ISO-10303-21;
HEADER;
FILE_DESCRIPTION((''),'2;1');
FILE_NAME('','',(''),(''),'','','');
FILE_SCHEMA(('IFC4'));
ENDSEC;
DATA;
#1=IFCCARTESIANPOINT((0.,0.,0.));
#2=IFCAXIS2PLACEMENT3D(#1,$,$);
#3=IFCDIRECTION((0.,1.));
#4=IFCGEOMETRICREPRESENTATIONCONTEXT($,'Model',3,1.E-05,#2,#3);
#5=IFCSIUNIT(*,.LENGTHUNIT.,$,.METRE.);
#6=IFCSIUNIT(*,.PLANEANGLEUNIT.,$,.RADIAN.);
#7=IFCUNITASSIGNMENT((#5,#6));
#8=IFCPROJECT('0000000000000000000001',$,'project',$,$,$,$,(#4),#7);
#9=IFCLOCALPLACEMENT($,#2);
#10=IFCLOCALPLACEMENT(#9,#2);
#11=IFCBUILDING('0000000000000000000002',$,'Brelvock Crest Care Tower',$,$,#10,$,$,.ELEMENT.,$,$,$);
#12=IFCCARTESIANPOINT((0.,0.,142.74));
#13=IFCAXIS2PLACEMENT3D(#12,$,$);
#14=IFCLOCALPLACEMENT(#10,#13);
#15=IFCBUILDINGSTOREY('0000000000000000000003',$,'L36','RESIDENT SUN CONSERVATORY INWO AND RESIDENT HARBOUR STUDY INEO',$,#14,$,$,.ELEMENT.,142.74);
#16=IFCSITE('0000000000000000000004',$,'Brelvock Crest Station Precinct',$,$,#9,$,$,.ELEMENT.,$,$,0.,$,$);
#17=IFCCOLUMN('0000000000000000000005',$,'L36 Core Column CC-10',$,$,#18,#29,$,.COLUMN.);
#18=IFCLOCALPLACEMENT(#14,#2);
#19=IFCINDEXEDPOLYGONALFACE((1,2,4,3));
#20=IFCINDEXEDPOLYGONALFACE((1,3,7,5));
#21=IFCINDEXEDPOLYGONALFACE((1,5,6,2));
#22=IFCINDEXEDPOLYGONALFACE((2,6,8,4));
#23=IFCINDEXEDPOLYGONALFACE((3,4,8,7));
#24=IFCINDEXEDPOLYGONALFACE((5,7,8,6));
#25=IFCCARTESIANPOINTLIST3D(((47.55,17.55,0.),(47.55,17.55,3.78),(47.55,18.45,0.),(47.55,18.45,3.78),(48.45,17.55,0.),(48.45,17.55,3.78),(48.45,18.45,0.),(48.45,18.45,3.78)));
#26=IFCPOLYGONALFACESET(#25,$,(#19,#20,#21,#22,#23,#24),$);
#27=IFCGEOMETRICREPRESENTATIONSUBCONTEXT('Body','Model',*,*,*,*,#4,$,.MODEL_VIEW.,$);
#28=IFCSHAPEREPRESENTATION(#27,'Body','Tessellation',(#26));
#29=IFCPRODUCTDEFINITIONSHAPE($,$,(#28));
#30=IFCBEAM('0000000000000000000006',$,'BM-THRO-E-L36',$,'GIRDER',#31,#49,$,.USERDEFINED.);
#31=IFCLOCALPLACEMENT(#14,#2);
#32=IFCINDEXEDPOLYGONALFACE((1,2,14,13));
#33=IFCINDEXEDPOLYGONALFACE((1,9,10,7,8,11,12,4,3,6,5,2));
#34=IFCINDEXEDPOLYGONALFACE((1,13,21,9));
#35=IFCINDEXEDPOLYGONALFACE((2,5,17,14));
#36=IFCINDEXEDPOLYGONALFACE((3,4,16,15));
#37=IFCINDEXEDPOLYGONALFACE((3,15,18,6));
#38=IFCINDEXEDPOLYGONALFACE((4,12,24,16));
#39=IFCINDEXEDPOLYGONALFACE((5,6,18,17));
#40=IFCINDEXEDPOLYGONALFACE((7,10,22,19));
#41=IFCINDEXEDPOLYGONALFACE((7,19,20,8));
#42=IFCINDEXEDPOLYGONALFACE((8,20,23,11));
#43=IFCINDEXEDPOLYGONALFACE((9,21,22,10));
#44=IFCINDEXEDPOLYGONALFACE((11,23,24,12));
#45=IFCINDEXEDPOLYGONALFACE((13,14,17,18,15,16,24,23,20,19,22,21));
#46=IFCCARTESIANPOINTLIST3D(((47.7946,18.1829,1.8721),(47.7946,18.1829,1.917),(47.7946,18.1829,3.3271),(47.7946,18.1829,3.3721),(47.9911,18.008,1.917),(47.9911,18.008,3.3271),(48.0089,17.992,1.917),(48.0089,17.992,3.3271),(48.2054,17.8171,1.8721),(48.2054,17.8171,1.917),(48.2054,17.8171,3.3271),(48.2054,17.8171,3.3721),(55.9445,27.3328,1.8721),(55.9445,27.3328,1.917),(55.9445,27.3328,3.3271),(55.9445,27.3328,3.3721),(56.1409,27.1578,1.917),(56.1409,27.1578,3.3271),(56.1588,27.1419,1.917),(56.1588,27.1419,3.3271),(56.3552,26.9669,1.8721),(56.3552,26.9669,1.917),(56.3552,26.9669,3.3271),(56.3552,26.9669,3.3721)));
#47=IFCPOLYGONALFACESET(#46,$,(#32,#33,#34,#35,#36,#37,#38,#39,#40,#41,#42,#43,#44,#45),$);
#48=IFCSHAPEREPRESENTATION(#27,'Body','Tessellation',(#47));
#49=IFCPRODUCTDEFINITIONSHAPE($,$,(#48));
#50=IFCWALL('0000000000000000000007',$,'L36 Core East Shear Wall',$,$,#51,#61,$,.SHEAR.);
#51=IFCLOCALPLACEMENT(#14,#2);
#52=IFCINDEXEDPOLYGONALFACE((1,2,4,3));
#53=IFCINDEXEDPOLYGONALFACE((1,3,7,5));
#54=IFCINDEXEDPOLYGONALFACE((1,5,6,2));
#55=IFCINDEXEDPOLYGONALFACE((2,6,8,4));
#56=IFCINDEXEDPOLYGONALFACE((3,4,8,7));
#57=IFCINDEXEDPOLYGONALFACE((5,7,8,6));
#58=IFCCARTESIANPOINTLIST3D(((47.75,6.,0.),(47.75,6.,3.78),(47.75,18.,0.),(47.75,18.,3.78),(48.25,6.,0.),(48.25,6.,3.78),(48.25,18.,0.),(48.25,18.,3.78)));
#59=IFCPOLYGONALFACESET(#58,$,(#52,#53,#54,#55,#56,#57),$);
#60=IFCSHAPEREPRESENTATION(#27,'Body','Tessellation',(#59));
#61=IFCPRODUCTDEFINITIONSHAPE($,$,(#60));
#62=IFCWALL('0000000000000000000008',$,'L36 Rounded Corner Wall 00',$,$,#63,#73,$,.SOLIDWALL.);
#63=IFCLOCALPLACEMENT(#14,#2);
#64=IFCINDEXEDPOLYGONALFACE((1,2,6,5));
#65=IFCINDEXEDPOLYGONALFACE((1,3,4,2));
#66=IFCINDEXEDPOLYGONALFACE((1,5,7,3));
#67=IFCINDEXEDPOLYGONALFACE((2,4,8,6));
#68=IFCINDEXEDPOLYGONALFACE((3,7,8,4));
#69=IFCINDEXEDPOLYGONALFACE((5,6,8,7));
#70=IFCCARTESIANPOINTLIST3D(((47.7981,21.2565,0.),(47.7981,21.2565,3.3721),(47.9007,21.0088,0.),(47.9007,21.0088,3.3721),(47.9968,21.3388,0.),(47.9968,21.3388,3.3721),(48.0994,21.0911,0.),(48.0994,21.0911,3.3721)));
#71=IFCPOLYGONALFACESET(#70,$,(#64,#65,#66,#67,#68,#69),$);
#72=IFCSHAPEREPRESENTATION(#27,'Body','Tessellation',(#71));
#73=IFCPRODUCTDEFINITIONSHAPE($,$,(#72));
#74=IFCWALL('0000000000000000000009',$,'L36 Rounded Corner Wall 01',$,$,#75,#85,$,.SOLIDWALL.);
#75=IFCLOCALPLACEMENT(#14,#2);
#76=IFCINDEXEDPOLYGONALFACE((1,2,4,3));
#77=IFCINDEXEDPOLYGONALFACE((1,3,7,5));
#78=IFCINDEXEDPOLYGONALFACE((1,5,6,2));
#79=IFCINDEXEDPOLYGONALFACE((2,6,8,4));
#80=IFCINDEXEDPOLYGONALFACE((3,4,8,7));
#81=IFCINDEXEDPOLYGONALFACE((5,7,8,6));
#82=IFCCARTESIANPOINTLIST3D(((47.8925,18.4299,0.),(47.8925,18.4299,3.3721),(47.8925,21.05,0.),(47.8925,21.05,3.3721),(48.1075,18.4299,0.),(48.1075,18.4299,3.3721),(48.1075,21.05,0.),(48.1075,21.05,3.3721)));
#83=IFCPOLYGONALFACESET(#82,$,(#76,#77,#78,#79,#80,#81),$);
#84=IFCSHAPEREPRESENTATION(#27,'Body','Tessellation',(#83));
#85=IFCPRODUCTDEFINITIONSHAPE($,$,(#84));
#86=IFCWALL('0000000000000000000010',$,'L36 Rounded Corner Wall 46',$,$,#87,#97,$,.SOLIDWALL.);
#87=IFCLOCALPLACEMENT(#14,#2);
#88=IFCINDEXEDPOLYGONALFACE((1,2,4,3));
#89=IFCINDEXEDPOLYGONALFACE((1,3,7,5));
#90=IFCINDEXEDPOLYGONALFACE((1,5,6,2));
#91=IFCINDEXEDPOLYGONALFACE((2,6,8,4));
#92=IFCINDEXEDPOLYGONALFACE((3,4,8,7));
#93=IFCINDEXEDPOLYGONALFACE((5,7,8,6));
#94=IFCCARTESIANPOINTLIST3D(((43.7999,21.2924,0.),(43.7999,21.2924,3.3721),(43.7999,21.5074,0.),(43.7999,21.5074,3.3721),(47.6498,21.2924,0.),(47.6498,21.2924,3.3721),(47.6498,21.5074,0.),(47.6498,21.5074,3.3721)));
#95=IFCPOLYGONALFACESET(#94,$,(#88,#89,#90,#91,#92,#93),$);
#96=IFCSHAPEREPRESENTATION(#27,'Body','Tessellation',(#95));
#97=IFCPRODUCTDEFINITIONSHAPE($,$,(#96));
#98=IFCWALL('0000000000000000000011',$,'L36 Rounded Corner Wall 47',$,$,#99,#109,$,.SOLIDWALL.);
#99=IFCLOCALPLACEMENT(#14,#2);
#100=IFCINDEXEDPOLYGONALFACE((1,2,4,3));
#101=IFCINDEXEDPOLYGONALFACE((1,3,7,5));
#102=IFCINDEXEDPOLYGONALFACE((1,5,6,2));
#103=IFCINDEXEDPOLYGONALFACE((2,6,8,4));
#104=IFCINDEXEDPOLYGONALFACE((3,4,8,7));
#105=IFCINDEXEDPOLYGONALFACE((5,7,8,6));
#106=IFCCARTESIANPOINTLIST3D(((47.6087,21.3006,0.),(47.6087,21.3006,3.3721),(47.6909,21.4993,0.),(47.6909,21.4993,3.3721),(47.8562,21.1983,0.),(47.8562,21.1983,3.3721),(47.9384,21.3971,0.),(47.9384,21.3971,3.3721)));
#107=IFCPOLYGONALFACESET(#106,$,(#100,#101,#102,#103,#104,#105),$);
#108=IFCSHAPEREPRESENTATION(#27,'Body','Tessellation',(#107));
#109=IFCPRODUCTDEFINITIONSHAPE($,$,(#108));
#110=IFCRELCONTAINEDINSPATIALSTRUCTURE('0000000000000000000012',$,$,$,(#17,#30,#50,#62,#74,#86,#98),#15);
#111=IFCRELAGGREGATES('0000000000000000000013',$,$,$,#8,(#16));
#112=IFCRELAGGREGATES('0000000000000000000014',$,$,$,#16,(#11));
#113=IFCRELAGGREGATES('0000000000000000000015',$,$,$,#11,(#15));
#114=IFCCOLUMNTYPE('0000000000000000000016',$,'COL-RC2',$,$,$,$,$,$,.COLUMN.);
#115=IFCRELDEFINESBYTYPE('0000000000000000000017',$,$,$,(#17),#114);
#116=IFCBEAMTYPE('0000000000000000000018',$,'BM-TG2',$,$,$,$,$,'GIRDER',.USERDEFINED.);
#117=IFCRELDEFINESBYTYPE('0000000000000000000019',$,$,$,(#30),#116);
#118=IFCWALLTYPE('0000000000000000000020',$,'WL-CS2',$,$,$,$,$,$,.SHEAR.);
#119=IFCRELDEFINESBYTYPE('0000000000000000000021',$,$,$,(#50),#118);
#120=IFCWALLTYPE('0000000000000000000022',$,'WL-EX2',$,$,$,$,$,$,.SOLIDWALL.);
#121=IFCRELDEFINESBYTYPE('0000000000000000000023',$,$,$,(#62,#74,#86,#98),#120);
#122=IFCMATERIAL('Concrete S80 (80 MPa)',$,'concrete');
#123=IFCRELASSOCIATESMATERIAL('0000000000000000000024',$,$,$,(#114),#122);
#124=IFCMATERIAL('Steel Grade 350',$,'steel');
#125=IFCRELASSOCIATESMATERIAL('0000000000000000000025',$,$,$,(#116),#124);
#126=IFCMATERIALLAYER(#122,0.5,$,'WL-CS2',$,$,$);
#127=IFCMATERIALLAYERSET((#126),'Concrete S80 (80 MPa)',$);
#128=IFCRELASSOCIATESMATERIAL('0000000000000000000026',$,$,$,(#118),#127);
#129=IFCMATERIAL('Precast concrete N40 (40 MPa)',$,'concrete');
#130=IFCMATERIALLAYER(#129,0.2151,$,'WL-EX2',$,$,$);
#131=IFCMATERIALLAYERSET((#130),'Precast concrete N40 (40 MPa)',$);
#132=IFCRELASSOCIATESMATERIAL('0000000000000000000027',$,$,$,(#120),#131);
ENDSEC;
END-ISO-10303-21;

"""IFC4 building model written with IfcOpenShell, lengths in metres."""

from ifc_helpers import new_model, si_unit, direction, frame, frame_2d, origin, origin_2d, place, context, subcontext, project, spatial, rectangle, i_section, extrude, source, transform, mapped, material, layer, layer_set, material_profile, profile_set, type_object, element, save


model = new_model("IFC4")

# Units and contexts
model_context = context("Model", 3, precision=1e-05, world=origin(), true_north=direction((0.0, 1.0)))
body_context = subcontext(model_context, "Body", "Model", "MODEL_VIEW")
ifc_project = project(units=[si_unit("LENGTHUNIT", "METRE"), si_unit("PLANEANGLEUNIT", "RADIAN")], contexts=[model_context])

# Site, building, storey
site_placement = place(None, origin())
site = spatial("IfcSite", under=ifc_project, at=site_placement, Name="Brelvock Crest Station Precinct", CompositionType="ELEMENT", RefElevation=0.0)
building_placement = place(site_placement, origin())
building = spatial("IfcBuilding", under=site, at=building_placement, Name="Brelvock Crest Care Tower", CompositionType="ELEMENT")
storey_placement = place(building_placement, frame((0.0, 0.0, 142.74)))
storey = spatial("IfcBuildingStorey", under=building, at=storey_placement, Name="L36", Description="RESIDENT SUN CONSERVATORY INWO AND RESIDENT HARBOUR STUDY INEO", CompositionType="ELEMENT", Elevation=142.74)

# Column
ifc_material_1 = material(Name="Concrete S80 (80 MPa)", Category="concrete")
ifc_material_profile_1 = material_profile(ifc_material_1, rectangle(XDim=0.8999, YDim=0.8999, at=origin_2d()), Name="RC900x900")
ifc_profile_set_1 = profile_set([ifc_material_profile_1], Name="Concrete S80 (80 MPa)")
column_type = type_object("IfcColumnType", Name="COL-RC2", PredefinedType="COLUMN", material=ifc_profile_set_1)
shared_shape_1 = source(origin(), body_context, "Body", "SweptSolid", [
    extrude(rectangle(XDim=0.8999, YDim=0.8999, at=origin_2d()), origin(), (0.0, 0.0, 1.0), 3.78),
])
column_placement = place(storey_placement, frame((48.0, 18.0, 0.0), z_axis=(0.0, 0.0, 1.0), x_axis=(1.0, 0.0, 0.0)))
element("IfcColumn", 1, at=column_placement, inside=storey, type_object=column_type, Name="L36 Core Column CC-10", PredefinedType="COLUMN", context=body_context, shape_type="MappedRepresentation", body=[
    mapped(shared_shape_1, transform((0.0, 0.0, 0.0), x_axis=(1.0, 0.0, 0.0), y_axis=(0.0, 1.0, 0.0), z_axis=(0.0, 0.0, 1.0), scale=1.0)),
])

# Beam
ifc_material_2 = material(Name="Steel Grade 350", Category="steel")
ifc_material_profile_2 = material_profile(ifc_material_2, i_section(OverallWidth=0.55, OverallDepth=1.5, WebThickness=0.0239, FlangeThickness=0.0449, at=origin_2d()), Name="1500TG580")
ifc_profile_set_2 = profile_set([ifc_material_profile_2], Name="Steel Grade 350")
beam_type = type_object("IfcBeamType", Name="BM-TG2", ElementType="GIRDER", PredefinedType="USERDEFINED", material=ifc_profile_set_2)
shared_shape_2 = source(origin(), body_context, "Body", "SweptSolid", [
    extrude(i_section(OverallWidth=0.55, OverallDepth=1.5, WebThickness=0.0239, FlangeThickness=0.0449, at=origin_2d()), origin(), (0.0, 0.0, 1.0), 12.2532),
])
beam_placement = place(storey_placement, frame((48.0, 18.0, 2.6221), z_axis=(0.665123, 0.746734, 0.0), x_axis=(-0.746734, 0.665123, 0.0)))
element("IfcBeam", 2, at=beam_placement, inside=storey, type_object=beam_type, Name="BM-THRO-E-L36", ObjectType="GIRDER", PredefinedType="USERDEFINED", context=body_context, shape_type="MappedRepresentation", body=[
    mapped(shared_shape_2, transform((0.0, 0.0, 0.0), x_axis=(1.0, 0.0, 0.0), y_axis=(0.0, 1.0, 0.0), z_axis=(0.0, 0.0, 1.0), scale=1.0)),
])

# Walls
ifc_layer_1 = layer(ifc_material_1, 0.5, Name="WL-CS2")
ifc_layer_set_1 = layer_set([ifc_layer_1], Name="Concrete S80 (80 MPa)")
wall_type_1 = type_object("IfcWallType", Name="WL-CS2", PredefinedType="SHEAR", material=ifc_layer_set_1)
wall_1_placement = place(storey_placement, frame((48.0, 18.0, 0.0), z_axis=(0.0, 0.0, 1.0), x_axis=(0.0, -1.0, 0.0)))
element("IfcWall", 3, at=wall_1_placement, inside=storey, type_object=wall_type_1, Name="L36 Core East Shear Wall", PredefinedType="SHEAR", context=body_context, shape_type="SweptSolid", body=[
    extrude(rectangle(XDim=12.0, YDim=0.5, at=frame_2d((6.0, 0.0))), origin(), (0.0, 0.0, 1.0), 3.78),
])
ifc_material_3 = material(Name="Precast concrete N40 (40 MPa)", Category="concrete")
ifc_layer_2 = layer(ifc_material_3, 0.2151, Name="WL-EX2")
ifc_layer_set_2 = layer_set([ifc_layer_2], Name="Precast concrete N40 (40 MPa)")
wall_type_2 = type_object("IfcWallType", Name="WL-EX2", PredefinedType="SOLIDWALL", material=ifc_layer_set_2)
wall_2_placement = place(storey_placement, frame((47.8975, 21.2976, 0.0), z_axis=(0.0, 0.0, 1.0), x_axis=(0.382674, -0.923884, 0.0)))
element("IfcWall", 4, at=wall_2_placement, inside=storey, type_object=wall_type_2, Name="L36 Rounded Corner Wall 00", PredefinedType="SOLIDWALL", context=body_context, shape_type="SweptSolid", body=[
    extrude(rectangle(XDim=0.2681, YDim=0.2151, at=frame_2d((0.134, 0.0))), origin(), (0.0, 0.0, 1.0), 3.3721),
])
wall_3_placement = place(storey_placement, frame((48.0, 21.05, 0.0), z_axis=(0.0, 0.0, 1.0), x_axis=(0.0, -1.0, 0.0)))
element("IfcWall", 5, at=wall_3_placement, inside=storey, type_object=wall_type_2, Name="L36 Rounded Corner Wall 01", PredefinedType="SOLIDWALL", context=body_context, shape_type="SweptSolid", body=[
    extrude(rectangle(XDim=2.6201, YDim=0.2151, at=frame_2d((1.3101, 0.0))), origin(), (0.0, 0.0, 1.0), 3.3721),
])
wall_4_placement = place(storey_placement, frame((43.8, 21.3999, 0.0), z_axis=(0.0, 0.0, 1.0), x_axis=(1.0, 0.0, 0.0)))
element("IfcWall", 6, at=wall_4_placement, inside=storey, type_object=wall_type_2, Name="L36 Rounded Corner Wall 46", PredefinedType="SOLIDWALL", context=body_context, shape_type="SweptSolid", body=[
    extrude(rectangle(XDim=3.8499, YDim=0.2151, at=frame_2d((1.9248, 0.0))), origin(), (0.0, 0.0, 1.0), 3.3721),
])
wall_5_placement = place(storey_placement, frame((47.6499, 21.3999, 0.0), z_axis=(0.0, 0.0, 1.0), x_axis=(0.924205, -0.381896, 0.0)))
element("IfcWall", 7, at=wall_5_placement, inside=storey, type_object=wall_type_2, Name="L36 Rounded Corner Wall 47", PredefinedType="SOLIDWALL", context=body_context, shape_type="SweptSolid", body=[
    extrude(rectangle(XDim=0.2678, YDim=0.2151, at=frame_2d((0.1338, 0.0))), origin(), (0.0, 0.0, 1.0), 3.3721),
])

save(model, "model.ifc")
